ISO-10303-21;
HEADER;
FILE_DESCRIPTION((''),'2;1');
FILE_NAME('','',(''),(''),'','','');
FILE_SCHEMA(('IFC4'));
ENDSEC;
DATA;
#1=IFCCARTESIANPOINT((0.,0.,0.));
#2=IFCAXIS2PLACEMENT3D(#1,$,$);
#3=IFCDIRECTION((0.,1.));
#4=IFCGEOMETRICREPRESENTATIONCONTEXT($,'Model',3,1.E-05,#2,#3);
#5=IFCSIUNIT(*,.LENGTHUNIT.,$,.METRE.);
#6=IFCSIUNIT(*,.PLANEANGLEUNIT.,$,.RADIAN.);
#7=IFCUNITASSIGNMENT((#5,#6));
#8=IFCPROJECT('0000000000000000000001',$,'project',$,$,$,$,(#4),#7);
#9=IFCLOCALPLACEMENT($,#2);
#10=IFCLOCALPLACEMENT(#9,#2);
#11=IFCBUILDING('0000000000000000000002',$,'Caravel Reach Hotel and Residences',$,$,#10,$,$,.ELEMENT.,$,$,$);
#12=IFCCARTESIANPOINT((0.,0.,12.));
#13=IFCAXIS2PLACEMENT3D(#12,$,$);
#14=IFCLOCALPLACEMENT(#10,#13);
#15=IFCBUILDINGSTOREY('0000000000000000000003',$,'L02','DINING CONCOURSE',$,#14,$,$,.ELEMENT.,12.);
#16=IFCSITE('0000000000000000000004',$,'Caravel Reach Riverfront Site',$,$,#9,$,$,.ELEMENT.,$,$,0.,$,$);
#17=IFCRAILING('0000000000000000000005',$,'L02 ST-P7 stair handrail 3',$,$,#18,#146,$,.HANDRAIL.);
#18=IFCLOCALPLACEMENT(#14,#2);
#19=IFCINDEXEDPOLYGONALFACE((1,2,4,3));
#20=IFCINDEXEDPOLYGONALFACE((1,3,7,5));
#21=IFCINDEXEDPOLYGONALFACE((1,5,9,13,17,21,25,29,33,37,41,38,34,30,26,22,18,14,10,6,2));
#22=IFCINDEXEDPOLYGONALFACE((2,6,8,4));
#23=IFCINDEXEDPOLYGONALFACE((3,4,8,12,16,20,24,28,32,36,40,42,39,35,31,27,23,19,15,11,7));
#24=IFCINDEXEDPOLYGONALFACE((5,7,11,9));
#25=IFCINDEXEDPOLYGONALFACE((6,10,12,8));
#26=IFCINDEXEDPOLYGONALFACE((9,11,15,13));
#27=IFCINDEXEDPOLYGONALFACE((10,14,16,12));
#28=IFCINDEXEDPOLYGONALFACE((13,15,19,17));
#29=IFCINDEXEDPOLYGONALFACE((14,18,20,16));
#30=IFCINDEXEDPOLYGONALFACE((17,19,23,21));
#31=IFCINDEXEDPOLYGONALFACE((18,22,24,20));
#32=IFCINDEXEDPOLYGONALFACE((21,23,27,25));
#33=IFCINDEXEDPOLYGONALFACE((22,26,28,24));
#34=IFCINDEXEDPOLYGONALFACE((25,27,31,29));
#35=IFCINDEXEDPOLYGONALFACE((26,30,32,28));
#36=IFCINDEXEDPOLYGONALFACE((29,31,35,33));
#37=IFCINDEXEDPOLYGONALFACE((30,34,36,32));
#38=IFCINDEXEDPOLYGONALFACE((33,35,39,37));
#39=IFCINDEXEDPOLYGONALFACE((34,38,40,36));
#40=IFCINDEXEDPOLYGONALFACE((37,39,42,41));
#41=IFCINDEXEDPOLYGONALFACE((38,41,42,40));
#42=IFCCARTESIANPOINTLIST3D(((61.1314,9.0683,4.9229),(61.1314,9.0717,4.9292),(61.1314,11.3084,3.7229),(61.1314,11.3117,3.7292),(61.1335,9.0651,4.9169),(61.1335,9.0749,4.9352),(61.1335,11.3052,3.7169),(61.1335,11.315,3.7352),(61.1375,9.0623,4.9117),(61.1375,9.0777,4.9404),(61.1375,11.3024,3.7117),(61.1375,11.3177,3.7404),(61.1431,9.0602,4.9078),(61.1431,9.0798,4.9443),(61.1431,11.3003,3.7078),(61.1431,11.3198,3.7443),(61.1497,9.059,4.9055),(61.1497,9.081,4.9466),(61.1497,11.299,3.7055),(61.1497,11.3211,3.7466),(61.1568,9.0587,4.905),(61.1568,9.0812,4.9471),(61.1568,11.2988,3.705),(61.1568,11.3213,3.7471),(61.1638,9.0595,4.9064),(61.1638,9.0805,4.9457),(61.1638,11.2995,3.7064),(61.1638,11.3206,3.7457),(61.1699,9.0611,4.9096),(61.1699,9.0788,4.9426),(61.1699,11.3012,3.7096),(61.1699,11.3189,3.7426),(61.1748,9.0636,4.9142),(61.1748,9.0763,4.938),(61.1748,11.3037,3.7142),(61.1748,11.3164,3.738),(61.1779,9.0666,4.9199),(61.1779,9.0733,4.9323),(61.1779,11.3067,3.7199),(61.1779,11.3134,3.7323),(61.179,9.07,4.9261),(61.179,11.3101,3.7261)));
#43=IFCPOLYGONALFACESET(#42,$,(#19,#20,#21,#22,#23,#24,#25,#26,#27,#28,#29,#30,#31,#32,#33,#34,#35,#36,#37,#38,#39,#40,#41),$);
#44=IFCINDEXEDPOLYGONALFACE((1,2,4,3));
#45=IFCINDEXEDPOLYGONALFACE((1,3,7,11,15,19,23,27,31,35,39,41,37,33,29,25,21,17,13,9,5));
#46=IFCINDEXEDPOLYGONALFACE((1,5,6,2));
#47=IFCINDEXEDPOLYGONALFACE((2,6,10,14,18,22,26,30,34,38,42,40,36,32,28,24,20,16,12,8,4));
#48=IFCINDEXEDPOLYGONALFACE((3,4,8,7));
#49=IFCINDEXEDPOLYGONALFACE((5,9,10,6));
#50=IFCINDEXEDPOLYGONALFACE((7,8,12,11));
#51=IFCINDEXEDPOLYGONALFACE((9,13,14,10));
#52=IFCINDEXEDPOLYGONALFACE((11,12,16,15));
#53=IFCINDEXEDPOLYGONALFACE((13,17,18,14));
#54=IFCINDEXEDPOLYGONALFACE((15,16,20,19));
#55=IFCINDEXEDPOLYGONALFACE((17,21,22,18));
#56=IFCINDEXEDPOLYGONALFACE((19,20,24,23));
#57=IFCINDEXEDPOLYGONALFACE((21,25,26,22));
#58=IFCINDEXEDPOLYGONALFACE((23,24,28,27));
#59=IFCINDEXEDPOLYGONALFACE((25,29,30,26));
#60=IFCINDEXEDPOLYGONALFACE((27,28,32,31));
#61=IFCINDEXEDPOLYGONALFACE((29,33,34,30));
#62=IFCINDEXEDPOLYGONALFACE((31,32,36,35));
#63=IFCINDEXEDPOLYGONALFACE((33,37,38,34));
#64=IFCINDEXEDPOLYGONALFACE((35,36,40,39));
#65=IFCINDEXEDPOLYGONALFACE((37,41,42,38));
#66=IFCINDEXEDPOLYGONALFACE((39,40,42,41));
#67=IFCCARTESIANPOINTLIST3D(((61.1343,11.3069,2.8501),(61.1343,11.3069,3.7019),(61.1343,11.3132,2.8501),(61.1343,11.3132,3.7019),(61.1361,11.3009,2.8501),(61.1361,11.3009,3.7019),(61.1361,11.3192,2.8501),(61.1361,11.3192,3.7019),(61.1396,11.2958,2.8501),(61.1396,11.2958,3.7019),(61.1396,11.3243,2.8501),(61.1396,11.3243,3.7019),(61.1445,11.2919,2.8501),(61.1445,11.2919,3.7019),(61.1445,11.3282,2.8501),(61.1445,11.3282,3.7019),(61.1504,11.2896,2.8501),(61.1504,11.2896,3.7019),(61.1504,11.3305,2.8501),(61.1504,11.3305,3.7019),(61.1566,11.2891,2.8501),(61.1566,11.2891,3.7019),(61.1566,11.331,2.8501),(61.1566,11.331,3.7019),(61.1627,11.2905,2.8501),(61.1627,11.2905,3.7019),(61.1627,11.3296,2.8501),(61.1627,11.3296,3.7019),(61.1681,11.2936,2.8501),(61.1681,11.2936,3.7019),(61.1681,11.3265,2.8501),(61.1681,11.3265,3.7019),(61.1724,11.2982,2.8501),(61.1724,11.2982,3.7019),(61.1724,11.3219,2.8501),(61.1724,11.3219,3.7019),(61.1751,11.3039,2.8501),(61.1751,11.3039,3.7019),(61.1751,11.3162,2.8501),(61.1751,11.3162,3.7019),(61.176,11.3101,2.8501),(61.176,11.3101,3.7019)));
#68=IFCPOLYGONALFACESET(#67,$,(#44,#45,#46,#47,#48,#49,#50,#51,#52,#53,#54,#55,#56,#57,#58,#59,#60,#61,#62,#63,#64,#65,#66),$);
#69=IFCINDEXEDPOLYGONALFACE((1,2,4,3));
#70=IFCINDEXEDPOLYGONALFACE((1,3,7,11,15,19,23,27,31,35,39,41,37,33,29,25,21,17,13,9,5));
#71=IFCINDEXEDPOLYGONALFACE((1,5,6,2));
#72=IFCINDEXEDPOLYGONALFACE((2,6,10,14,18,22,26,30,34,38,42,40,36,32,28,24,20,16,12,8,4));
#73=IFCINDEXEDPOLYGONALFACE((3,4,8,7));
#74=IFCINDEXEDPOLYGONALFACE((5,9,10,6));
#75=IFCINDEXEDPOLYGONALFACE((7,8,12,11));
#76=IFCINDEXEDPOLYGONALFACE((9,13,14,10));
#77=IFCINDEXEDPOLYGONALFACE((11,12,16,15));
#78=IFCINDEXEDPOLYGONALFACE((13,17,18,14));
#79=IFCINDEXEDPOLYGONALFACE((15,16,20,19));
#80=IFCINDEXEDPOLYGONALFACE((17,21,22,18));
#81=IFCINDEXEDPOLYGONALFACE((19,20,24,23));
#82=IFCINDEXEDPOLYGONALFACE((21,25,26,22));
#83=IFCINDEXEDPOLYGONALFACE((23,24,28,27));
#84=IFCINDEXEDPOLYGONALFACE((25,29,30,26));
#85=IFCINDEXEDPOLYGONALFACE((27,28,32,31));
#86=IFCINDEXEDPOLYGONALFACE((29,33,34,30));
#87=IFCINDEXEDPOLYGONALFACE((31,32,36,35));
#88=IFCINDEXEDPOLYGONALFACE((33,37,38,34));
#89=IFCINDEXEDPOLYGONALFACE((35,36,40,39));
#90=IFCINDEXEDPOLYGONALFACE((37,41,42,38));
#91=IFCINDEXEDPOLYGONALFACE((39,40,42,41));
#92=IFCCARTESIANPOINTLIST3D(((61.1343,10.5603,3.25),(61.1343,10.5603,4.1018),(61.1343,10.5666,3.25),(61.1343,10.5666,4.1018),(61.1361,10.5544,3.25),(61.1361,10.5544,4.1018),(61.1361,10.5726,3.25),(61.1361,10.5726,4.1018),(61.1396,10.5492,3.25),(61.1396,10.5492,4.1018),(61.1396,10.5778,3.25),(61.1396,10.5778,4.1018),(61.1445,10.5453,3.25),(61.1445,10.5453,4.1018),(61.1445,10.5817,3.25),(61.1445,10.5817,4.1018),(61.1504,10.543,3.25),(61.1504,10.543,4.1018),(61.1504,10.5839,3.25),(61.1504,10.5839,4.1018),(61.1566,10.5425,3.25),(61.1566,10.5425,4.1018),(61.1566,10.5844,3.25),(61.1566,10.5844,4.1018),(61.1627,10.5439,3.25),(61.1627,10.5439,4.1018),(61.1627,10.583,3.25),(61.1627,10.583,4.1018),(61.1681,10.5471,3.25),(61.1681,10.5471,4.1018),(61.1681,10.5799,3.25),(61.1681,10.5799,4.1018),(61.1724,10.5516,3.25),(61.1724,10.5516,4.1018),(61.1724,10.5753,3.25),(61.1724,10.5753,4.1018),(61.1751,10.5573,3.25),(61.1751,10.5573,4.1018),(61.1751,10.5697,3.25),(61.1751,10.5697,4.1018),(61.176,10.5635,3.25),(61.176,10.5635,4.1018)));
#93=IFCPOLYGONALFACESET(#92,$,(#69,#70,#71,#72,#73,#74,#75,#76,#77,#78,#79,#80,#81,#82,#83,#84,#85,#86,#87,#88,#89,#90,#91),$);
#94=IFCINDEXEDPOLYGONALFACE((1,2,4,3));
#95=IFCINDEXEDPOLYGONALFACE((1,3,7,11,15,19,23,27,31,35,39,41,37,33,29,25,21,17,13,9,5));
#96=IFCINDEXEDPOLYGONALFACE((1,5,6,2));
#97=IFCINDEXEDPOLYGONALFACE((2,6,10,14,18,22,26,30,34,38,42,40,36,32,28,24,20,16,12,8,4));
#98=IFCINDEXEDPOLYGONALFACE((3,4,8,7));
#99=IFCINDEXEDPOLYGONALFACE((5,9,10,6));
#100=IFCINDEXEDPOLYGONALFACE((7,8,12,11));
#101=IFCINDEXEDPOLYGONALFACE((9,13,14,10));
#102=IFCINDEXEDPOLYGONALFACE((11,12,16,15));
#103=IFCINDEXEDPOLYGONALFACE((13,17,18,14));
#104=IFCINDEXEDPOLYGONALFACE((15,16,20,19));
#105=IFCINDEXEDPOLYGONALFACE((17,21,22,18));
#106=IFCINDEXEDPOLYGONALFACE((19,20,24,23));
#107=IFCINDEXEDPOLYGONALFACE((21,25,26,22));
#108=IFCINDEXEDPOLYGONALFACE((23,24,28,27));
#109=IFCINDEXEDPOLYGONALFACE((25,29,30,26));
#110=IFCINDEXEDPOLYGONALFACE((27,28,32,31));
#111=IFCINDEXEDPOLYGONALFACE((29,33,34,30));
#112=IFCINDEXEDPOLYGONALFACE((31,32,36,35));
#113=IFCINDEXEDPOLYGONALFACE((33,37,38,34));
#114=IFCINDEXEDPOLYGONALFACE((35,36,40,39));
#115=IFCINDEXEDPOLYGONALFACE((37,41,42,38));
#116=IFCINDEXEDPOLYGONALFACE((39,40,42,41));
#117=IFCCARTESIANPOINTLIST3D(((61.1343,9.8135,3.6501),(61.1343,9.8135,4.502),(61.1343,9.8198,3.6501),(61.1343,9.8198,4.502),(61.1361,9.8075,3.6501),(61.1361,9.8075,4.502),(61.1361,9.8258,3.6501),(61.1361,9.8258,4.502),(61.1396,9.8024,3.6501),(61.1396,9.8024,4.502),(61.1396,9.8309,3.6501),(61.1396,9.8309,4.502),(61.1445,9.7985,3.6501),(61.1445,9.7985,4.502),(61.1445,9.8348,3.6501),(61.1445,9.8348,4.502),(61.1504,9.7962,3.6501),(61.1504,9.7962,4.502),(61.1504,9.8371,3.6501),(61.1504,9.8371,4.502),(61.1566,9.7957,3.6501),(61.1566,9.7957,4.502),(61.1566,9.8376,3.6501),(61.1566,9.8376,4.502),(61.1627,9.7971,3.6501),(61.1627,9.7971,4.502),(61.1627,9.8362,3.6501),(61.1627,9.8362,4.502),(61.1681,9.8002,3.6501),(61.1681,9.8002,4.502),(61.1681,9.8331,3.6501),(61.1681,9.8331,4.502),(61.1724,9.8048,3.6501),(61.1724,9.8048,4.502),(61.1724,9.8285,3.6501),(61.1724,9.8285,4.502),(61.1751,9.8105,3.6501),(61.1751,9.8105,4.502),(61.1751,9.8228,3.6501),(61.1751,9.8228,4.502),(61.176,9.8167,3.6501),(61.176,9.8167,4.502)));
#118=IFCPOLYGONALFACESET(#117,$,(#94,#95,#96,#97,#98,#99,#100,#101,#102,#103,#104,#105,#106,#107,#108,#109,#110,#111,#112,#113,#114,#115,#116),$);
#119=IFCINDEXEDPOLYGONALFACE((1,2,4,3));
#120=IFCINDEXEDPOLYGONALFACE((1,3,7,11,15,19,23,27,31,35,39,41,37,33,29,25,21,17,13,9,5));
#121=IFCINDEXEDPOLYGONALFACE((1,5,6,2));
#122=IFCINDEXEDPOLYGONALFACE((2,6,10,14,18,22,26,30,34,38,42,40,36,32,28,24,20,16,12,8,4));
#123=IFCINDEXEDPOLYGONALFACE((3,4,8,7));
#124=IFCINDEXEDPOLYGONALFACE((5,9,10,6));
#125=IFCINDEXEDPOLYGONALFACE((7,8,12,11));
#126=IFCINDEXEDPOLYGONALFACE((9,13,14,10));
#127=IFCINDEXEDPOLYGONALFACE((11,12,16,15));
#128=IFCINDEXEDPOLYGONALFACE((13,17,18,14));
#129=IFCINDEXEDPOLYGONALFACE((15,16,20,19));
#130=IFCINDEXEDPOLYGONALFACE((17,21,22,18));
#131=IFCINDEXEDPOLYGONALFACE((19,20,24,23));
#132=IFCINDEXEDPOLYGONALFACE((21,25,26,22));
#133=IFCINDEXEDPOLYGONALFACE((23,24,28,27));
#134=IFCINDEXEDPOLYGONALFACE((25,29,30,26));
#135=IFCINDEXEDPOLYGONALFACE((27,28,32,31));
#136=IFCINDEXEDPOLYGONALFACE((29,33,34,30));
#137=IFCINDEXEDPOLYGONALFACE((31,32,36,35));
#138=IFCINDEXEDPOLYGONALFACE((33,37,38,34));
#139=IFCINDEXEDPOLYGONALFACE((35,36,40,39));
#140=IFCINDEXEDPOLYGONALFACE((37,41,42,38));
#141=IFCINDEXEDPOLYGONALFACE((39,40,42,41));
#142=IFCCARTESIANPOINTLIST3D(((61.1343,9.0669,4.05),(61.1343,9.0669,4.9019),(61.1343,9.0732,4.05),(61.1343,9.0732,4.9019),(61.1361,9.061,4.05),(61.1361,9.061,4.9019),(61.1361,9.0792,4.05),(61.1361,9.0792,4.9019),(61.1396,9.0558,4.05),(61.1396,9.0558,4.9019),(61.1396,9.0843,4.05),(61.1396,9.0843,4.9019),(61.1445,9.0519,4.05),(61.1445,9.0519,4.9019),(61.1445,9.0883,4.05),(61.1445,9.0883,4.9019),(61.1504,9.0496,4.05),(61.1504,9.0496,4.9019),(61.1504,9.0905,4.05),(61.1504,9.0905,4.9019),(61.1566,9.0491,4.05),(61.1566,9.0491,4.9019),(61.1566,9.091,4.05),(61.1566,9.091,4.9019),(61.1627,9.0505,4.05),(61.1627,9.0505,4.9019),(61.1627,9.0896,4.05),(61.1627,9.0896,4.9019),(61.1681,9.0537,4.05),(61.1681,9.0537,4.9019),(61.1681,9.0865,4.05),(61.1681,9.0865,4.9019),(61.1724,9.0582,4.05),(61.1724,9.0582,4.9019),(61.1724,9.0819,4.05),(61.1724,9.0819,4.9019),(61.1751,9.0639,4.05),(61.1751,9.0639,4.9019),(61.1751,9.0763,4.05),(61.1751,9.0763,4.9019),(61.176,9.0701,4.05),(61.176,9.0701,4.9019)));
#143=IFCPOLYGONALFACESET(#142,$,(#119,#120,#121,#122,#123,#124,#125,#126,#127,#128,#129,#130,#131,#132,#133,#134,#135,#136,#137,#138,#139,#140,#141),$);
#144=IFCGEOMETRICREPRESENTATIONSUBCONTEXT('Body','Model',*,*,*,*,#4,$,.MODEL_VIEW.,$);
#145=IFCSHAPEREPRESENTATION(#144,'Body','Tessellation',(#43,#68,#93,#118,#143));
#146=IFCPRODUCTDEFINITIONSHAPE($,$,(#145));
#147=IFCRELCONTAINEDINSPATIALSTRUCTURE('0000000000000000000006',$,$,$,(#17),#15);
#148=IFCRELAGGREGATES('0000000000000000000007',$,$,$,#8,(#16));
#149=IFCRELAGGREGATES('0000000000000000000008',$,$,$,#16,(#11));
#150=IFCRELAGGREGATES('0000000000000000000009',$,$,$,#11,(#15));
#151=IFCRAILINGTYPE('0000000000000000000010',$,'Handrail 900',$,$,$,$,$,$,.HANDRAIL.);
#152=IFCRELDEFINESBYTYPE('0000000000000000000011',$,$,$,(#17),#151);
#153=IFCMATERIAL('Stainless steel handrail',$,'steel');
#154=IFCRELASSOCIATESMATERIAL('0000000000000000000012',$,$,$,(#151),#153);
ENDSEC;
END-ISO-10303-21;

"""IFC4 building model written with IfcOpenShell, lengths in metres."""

from ifc_helpers import new_model, si_unit, direction, frame, origin, origin_2d, place, context, subcontext, project, spatial, circle, extrude, material, type_object, element, save


model = new_model("IFC4")

# Units and contexts
model_context = context("Model", 3, precision=1e-05, world=origin(), true_north=direction((0.0, 1.0)))
body_context = subcontext(model_context, "Body", "Model", "MODEL_VIEW")
ifc_project = project(units=[si_unit("LENGTHUNIT", "METRE"), si_unit("PLANEANGLEUNIT", "RADIAN")], contexts=[model_context])

# Site, building, storey
site_placement = place(None, origin())
site = spatial("IfcSite", under=ifc_project, at=site_placement, Name="Caravel Reach Riverfront Site", CompositionType="ELEMENT", RefElevation=0.0)
building_placement = place(site_placement, origin())
building = spatial("IfcBuilding", under=site, at=building_placement, Name="Caravel Reach Hotel and Residences", CompositionType="ELEMENT")
storey_placement = place(building_placement, frame((0.0, 0.0, 12.0)))
storey = spatial("IfcBuildingStorey", under=building, at=storey_placement, Name="L02", Description="DINING CONCOURSE", CompositionType="ELEMENT", Elevation=12.0)

# Railing
ifc_material_1 = material(Name="Stainless steel handrail", Category="steel")
railing_type = type_object("IfcRailingType", Name="Handrail 900", PredefinedType="HANDRAIL", material=ifc_material_1)
railing_1_placement = place(storey_placement, frame((61.155, 11.3101, 2.8501)))
element("IfcRailing", 1, at=railing_1_placement, inside=storey, type_object=railing_type, Name="L02 ST-P7 stair handrail 3", PredefinedType="HANDRAIL", context=body_context, shape_type="SweptSolid", body=[
    extrude(circle(Radius=0.0239, at=origin_2d()), frame((0.0, 0.0, 0.876), z_axis=(0.0, -0.881487, 0.472208), x_axis=(1.0, 0.0, 0.0)), (0.0, 0.0, 1.0), 2.5413),
    extrude(circle(Radius=0.021, at=origin_2d()), origin(), (0.0, 0.0, 1.0), 0.8518),
    extrude(circle(Radius=0.021, at=origin_2d()), frame((0.0, -0.7466, 0.3999)), (0.0, 0.0, 1.0), 0.8518),
    extrude(circle(Radius=0.021, at=origin_2d()), frame((0.0, -1.4934, 0.8)), (0.0, 0.0, 1.0), 0.8518),
    extrude(circle(Radius=0.021, at=origin_2d()), frame((0.0, -2.24, 1.2)), (0.0, 0.0, 1.0), 0.8518),
])

save(model, "model.ifc")
